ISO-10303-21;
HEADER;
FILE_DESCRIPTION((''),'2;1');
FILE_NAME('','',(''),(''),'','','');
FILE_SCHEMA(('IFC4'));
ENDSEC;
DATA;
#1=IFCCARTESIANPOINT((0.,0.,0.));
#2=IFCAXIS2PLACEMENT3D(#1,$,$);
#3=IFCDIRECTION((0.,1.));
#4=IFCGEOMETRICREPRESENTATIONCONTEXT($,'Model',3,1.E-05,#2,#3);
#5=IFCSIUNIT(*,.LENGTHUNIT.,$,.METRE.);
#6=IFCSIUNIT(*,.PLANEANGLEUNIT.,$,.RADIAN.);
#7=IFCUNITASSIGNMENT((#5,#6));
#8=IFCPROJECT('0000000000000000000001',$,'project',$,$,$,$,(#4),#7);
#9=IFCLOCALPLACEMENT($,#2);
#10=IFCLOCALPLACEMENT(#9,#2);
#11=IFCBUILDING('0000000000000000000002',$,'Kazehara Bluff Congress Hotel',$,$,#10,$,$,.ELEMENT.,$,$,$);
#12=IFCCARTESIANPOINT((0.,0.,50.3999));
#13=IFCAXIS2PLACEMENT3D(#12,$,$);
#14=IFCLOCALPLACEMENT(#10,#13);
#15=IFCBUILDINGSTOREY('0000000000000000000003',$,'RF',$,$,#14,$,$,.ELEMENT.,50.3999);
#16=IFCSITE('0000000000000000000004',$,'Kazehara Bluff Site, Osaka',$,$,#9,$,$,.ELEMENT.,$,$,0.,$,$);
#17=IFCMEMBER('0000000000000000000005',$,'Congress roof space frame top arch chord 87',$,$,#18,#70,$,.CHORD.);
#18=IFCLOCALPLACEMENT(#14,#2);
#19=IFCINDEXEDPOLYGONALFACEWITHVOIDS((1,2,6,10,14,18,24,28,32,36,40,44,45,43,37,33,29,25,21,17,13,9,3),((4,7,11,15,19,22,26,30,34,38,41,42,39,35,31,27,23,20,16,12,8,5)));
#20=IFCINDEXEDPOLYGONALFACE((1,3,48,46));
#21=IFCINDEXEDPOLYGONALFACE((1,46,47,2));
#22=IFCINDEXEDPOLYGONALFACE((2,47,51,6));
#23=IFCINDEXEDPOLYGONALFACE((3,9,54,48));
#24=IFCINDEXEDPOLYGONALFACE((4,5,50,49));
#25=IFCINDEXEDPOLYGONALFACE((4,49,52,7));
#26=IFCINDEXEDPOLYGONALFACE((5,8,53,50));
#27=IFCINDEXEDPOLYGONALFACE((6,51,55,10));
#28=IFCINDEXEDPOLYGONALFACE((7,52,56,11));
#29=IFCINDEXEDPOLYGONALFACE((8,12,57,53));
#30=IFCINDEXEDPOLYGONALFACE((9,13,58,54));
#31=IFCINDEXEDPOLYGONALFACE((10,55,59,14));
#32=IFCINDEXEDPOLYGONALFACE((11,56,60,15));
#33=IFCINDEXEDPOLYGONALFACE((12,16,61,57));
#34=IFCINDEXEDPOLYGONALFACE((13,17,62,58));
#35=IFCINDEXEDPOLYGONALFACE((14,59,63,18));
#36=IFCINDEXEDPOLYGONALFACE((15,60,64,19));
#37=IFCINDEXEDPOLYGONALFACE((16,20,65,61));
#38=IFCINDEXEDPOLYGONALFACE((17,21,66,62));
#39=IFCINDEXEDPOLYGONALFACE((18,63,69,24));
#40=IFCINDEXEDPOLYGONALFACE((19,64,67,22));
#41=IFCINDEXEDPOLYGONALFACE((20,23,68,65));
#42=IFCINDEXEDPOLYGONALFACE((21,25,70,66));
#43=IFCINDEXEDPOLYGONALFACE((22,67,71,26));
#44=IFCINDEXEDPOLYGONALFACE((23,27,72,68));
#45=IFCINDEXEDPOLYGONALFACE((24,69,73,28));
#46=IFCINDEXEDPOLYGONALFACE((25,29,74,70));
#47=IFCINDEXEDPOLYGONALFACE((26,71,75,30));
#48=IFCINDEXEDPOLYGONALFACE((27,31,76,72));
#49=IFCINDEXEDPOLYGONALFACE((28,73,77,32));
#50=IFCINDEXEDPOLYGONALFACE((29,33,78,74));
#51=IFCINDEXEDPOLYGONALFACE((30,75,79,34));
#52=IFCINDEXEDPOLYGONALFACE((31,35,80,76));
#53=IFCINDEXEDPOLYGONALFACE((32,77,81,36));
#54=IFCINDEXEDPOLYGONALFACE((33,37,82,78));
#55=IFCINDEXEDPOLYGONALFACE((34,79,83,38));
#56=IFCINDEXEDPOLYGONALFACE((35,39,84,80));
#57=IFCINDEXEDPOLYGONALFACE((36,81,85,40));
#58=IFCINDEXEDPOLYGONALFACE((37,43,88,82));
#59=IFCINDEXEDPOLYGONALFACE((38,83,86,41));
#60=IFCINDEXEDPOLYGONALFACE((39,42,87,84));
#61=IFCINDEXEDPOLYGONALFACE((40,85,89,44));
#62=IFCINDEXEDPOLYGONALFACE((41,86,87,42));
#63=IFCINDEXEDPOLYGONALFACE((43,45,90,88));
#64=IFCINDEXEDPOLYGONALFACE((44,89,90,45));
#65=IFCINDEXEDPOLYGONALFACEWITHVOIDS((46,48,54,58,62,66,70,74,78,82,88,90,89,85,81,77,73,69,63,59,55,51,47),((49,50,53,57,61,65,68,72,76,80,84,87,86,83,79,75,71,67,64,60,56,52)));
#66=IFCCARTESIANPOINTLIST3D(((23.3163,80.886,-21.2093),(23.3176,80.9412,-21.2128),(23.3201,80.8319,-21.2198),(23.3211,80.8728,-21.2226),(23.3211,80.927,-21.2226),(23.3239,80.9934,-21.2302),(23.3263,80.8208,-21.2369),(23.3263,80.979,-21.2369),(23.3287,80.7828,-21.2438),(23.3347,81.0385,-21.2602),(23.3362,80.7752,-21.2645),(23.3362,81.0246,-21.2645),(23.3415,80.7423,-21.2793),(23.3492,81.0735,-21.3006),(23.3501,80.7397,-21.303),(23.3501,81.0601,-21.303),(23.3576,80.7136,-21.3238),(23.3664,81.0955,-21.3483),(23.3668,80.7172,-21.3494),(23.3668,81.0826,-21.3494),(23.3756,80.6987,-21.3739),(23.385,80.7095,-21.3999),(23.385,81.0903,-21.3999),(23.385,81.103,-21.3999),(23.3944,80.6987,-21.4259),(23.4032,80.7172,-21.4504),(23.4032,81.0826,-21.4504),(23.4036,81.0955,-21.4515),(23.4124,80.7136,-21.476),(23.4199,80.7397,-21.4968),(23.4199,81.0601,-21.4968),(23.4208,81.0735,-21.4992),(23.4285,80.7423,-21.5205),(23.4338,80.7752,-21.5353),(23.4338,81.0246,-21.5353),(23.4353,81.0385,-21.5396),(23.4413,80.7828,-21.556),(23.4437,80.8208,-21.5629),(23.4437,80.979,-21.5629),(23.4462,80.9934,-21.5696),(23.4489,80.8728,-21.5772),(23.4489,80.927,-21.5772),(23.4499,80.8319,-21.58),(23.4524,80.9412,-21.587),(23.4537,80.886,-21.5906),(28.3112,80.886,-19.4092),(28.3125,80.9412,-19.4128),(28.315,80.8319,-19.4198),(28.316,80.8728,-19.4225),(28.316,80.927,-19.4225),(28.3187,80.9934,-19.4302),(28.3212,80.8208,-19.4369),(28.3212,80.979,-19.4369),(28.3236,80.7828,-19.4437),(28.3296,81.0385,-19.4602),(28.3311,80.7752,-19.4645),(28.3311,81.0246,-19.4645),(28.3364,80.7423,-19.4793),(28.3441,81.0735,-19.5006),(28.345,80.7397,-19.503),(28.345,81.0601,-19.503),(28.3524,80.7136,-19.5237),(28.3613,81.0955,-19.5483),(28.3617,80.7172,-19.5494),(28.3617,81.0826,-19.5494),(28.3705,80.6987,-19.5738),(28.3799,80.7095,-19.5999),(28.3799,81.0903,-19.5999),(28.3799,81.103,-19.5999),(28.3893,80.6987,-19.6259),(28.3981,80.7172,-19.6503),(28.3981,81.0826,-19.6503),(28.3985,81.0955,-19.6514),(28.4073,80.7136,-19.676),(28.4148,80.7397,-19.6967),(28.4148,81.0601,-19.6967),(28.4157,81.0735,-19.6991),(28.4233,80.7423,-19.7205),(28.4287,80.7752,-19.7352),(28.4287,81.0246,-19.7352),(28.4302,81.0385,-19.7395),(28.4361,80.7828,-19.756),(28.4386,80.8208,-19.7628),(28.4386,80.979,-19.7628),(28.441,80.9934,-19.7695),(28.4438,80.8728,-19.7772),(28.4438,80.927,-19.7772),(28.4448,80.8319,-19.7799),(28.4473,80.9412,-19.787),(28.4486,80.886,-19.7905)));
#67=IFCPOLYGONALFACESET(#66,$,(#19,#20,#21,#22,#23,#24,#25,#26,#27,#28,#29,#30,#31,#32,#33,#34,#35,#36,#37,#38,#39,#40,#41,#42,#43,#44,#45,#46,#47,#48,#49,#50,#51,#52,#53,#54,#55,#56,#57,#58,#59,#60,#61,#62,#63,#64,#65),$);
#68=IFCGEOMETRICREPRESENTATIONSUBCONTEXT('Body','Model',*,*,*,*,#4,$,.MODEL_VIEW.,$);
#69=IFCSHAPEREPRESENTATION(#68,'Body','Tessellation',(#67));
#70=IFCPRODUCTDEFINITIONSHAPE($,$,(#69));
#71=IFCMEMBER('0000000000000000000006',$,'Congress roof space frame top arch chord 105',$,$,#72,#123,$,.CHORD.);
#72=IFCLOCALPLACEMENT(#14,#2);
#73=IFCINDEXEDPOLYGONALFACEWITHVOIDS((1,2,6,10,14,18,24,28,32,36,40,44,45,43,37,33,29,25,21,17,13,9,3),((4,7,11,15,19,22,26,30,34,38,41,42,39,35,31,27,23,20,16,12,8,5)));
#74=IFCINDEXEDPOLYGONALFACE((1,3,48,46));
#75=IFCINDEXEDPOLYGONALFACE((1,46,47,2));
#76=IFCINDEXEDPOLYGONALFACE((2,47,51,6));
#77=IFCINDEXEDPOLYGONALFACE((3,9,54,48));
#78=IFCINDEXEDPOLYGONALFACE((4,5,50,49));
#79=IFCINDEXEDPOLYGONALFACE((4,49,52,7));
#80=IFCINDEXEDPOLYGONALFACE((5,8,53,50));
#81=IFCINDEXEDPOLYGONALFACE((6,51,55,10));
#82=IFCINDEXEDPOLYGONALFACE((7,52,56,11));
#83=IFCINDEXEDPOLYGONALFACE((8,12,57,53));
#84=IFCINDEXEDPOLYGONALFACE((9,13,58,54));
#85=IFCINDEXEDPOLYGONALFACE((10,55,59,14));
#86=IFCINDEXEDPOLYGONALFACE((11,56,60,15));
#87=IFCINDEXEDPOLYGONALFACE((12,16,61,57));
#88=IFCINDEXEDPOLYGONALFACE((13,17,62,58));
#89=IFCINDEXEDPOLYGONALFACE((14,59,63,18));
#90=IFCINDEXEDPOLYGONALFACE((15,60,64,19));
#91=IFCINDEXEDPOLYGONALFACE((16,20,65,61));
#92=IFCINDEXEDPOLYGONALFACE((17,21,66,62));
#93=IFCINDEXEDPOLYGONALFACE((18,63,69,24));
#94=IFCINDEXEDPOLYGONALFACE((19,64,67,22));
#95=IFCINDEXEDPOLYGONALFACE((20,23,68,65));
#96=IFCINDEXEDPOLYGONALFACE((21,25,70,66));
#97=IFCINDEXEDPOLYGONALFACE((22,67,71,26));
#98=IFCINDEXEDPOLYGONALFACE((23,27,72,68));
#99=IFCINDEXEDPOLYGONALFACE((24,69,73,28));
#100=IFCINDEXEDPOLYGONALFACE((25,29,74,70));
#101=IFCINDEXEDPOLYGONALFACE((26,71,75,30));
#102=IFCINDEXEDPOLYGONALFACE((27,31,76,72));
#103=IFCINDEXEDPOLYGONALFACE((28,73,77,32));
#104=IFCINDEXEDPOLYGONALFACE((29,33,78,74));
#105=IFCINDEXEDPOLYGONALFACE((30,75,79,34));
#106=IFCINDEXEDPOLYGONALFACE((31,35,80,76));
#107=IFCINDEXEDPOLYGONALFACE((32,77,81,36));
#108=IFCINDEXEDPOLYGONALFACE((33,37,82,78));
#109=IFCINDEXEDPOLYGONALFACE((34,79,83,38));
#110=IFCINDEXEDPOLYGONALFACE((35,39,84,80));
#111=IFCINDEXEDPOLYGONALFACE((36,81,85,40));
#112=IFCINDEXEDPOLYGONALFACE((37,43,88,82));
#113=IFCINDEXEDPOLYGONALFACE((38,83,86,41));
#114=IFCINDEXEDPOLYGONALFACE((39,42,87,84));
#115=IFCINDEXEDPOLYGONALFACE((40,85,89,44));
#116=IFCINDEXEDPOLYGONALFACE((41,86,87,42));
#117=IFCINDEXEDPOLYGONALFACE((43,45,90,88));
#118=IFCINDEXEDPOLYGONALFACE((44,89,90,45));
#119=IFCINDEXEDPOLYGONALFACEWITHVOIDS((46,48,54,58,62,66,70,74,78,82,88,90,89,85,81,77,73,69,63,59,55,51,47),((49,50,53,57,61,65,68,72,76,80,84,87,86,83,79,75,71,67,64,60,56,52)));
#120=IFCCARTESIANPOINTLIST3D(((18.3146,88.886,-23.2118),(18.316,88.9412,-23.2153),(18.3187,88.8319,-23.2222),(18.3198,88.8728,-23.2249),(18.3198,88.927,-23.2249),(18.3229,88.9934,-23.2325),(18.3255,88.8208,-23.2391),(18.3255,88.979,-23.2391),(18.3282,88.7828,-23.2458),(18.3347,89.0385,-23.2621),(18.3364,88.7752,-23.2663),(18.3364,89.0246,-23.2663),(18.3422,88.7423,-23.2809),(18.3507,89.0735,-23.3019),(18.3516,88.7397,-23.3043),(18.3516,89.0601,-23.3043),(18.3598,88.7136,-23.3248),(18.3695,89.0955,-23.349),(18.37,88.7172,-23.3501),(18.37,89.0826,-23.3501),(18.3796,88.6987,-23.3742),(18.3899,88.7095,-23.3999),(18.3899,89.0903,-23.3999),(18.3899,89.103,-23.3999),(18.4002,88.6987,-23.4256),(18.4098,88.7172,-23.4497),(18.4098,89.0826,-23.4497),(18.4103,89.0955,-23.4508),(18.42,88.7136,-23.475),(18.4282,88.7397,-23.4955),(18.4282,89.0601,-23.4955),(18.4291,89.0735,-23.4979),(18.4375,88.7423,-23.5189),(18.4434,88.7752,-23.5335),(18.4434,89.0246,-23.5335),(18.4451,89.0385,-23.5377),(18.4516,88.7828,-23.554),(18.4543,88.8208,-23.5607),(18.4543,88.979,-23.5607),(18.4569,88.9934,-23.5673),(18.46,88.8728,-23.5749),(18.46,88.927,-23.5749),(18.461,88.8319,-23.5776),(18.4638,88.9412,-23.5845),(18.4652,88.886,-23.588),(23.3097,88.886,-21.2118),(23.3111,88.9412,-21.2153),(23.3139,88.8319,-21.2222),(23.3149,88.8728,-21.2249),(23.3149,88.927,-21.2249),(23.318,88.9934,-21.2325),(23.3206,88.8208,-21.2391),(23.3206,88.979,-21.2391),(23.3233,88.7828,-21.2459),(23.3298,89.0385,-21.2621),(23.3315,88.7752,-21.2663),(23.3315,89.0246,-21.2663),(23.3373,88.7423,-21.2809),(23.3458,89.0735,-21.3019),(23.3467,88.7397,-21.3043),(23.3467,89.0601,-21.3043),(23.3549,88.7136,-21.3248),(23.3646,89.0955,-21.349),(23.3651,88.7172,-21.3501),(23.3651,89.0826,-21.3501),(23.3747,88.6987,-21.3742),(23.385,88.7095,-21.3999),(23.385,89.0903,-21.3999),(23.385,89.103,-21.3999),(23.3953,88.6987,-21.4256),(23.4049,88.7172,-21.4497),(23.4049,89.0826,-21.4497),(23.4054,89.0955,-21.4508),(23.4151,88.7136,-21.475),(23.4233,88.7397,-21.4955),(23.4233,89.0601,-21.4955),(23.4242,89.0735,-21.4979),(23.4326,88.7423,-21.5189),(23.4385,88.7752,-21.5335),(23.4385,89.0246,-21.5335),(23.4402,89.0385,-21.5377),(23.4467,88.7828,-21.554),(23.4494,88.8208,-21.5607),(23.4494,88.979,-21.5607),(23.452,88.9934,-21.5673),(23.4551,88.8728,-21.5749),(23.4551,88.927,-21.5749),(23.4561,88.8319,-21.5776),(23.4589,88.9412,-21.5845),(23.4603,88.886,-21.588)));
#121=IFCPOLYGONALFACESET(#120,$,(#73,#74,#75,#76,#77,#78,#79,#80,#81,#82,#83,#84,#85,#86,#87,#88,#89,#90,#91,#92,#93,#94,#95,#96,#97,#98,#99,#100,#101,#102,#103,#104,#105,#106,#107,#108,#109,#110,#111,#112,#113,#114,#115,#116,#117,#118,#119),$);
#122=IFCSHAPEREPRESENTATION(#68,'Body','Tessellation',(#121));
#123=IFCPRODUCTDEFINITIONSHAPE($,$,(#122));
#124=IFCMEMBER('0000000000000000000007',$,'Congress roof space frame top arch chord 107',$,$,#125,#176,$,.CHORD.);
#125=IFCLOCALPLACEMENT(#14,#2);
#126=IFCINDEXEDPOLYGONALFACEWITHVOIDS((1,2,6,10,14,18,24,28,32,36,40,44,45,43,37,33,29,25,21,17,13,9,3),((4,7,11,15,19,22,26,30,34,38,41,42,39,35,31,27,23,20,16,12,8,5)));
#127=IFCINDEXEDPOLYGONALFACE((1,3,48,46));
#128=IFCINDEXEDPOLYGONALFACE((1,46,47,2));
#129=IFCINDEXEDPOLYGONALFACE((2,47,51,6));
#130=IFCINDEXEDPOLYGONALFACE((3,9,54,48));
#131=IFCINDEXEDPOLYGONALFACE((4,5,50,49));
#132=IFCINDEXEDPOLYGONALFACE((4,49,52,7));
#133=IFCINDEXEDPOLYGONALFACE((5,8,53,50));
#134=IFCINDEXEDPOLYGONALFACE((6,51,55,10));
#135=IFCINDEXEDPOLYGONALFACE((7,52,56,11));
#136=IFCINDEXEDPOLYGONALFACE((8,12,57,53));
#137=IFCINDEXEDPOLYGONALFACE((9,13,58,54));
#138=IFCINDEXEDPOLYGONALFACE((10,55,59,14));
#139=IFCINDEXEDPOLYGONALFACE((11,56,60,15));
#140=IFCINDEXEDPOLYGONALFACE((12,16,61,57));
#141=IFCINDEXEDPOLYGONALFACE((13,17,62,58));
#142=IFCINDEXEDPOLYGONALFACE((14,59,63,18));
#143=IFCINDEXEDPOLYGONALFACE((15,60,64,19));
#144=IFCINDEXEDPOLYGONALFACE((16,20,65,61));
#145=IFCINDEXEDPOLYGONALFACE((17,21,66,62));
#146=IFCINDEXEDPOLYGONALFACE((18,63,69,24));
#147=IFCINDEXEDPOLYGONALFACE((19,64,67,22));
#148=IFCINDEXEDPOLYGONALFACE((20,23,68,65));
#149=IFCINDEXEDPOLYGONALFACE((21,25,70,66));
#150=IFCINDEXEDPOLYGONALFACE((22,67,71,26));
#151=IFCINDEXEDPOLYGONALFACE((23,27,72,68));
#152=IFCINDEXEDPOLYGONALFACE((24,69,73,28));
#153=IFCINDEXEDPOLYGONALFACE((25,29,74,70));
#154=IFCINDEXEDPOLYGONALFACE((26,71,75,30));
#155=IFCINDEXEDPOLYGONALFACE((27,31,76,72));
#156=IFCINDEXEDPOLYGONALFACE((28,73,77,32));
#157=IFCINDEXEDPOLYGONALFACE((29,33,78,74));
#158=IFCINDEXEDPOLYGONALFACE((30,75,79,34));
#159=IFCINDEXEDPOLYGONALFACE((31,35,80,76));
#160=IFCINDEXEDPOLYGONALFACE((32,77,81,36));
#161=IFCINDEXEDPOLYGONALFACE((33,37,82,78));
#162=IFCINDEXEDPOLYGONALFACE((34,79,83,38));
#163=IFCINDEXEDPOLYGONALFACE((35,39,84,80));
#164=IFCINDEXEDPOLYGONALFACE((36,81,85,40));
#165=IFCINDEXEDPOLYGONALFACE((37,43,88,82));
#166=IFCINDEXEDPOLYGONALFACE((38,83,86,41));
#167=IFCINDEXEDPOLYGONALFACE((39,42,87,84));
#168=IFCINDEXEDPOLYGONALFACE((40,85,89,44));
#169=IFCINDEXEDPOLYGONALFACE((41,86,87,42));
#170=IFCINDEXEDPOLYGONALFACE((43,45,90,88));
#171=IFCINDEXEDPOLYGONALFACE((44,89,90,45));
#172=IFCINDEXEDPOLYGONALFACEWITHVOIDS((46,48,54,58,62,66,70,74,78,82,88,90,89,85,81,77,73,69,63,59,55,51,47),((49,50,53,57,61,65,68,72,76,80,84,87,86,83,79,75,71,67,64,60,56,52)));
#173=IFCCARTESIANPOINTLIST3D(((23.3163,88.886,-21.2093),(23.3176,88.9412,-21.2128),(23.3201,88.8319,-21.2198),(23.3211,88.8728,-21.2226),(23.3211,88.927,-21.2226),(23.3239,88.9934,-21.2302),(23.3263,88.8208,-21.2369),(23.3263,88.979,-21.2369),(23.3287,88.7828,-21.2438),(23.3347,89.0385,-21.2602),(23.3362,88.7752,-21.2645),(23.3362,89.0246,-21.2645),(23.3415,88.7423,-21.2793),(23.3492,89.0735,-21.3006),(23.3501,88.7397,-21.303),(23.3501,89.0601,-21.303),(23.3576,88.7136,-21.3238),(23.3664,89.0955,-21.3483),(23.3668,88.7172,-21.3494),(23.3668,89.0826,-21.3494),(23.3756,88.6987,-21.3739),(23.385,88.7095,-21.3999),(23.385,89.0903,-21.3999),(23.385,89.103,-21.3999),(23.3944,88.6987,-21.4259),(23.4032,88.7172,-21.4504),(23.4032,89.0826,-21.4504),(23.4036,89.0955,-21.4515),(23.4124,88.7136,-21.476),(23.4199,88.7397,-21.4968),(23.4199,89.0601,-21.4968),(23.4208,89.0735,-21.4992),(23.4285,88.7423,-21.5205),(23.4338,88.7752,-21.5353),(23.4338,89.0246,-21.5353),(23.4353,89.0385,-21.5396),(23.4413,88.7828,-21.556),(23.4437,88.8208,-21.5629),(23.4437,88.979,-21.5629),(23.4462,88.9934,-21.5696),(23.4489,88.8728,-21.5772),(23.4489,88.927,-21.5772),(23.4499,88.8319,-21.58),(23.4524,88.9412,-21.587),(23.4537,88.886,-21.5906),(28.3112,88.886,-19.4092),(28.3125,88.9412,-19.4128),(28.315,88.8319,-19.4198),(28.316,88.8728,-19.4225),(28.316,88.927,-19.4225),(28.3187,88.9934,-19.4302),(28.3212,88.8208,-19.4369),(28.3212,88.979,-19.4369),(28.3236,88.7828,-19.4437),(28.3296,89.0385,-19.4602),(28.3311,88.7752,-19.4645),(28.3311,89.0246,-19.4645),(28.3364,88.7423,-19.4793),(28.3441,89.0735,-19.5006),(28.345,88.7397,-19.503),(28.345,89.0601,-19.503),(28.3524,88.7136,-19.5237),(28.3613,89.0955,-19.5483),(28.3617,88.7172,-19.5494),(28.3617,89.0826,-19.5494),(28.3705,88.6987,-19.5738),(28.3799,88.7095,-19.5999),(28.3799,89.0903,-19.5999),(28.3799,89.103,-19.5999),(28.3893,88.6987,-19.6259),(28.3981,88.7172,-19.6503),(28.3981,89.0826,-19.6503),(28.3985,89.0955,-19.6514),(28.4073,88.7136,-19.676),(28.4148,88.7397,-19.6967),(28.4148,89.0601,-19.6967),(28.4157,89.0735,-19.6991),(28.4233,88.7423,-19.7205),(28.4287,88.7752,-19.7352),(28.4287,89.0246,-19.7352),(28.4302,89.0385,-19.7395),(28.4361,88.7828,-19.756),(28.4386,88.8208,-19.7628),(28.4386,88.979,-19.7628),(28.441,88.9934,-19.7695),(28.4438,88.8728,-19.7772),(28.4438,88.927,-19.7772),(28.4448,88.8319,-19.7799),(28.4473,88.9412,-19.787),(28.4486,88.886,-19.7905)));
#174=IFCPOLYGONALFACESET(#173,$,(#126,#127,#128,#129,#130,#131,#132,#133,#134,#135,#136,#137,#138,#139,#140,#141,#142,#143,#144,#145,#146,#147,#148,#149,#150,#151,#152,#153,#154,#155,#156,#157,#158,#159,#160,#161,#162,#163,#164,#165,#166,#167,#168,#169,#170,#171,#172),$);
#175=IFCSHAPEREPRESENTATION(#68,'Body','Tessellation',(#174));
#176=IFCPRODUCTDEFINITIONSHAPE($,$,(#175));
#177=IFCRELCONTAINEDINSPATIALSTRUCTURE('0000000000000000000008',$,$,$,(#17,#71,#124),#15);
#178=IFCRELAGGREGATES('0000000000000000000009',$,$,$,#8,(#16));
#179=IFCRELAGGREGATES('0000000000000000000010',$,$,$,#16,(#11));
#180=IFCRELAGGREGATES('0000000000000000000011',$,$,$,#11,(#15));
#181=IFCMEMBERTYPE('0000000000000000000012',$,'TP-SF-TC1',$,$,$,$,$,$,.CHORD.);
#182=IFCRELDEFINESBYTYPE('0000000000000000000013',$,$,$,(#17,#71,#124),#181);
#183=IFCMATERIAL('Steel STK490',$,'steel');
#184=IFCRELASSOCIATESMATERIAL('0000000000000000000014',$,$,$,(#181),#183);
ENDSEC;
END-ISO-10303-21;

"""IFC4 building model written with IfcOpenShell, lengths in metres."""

from ifc_helpers import new_model, si_unit, direction, frame, origin, origin_2d, place, context, subcontext, project, spatial, hollow_circle, extrude, material, material_profile, profile_set, type_object, element, save


model = new_model("IFC4")

# Units and contexts
model_context = context("Model", 3, precision=1e-05, world=origin(), true_north=direction((0.0, 1.0)))
body_context = subcontext(model_context, "Body", "Model", "MODEL_VIEW")
ifc_project = project(units=[si_unit("LENGTHUNIT", "METRE"), si_unit("PLANEANGLEUNIT", "RADIAN")], contexts=[model_context])

# Site, building, storey
site_placement = place(None, origin())
site = spatial("IfcSite", under=ifc_project, at=site_placement, Name="Kazehara Bluff Site, Osaka", CompositionType="ELEMENT", RefElevation=0.0)
building_placement = place(site_placement, origin())
building = spatial("IfcBuilding", under=site, at=building_placement, Name="Kazehara Bluff Congress Hotel", CompositionType="ELEMENT")
storey_placement = place(building_placement, frame((0.0, 0.0, 50.3999)))
storey = spatial("IfcBuildingStorey", under=building, at=storey_placement, Name="RF", CompositionType="ELEMENT", Elevation=50.3999)

# Members
ifc_material_1 = material(Name="Steel STK490", Category="steel")
ifc_material_profile_1 = material_profile(ifc_material_1, hollow_circle(Radius=0.2031, WallThickness=0.0127, at=origin_2d()))
ifc_profile_set_1 = profile_set([ifc_material_profile_1], Name="Steel STK490")
member_type_1 = type_object("IfcMemberType", Name="TP-SF-TC1", PredefinedType="CHORD", material=ifc_profile_set_1)
member_1_placement = place(storey_placement, frame((23.385, 80.8999, -21.3999), z_axis=(0.940774, 0.0, 0.339035), x_axis=(0.0, 1.0, 0.0)))
element("IfcMember", 1, at=member_1_placement, inside=storey, type_object=member_type_1, Name="Congress roof space frame top arch chord 87", PredefinedType="CHORD", context=body_context, shape_type="SweptSolid", body=[
    extrude(hollow_circle(Radius=0.2031, WallThickness=0.0127, at=origin_2d()), origin(), (0.0, 0.0, 1.0), 5.3093),
])
member_2_placement = place(storey_placement, frame((18.3899, 88.8999, -23.3999), z_axis=(0.928351, 0.0, 0.371704), x_axis=(0.0, 1.0, 0.0)))
element("IfcMember", 2, at=member_2_placement, inside=storey, type_object=member_type_1, Name="Congress roof space frame top arch chord 105", PredefinedType="CHORD", context=body_context, shape_type="SweptSolid", body=[
    extrude(hollow_circle(Radius=0.2031, WallThickness=0.0127, at=origin_2d()), origin(), (0.0, 0.0, 1.0), 5.3806),
])
member_3_placement = place(storey_placement, frame((23.385, 88.8999, -21.3999), z_axis=(0.940774, 0.0, 0.339035), x_axis=(0.0, 1.0, 0.0)))
element("IfcMember", 3, at=member_3_placement, inside=storey, type_object=member_type_1, Name="Congress roof space frame top arch chord 107", PredefinedType="CHORD", context=body_context, shape_type="SweptSolid", body=[
    extrude(hollow_circle(Radius=0.2031, WallThickness=0.0127, at=origin_2d()), origin(), (0.0, 0.0, 1.0), 5.3093),
])

save(model, "model.ifc")
